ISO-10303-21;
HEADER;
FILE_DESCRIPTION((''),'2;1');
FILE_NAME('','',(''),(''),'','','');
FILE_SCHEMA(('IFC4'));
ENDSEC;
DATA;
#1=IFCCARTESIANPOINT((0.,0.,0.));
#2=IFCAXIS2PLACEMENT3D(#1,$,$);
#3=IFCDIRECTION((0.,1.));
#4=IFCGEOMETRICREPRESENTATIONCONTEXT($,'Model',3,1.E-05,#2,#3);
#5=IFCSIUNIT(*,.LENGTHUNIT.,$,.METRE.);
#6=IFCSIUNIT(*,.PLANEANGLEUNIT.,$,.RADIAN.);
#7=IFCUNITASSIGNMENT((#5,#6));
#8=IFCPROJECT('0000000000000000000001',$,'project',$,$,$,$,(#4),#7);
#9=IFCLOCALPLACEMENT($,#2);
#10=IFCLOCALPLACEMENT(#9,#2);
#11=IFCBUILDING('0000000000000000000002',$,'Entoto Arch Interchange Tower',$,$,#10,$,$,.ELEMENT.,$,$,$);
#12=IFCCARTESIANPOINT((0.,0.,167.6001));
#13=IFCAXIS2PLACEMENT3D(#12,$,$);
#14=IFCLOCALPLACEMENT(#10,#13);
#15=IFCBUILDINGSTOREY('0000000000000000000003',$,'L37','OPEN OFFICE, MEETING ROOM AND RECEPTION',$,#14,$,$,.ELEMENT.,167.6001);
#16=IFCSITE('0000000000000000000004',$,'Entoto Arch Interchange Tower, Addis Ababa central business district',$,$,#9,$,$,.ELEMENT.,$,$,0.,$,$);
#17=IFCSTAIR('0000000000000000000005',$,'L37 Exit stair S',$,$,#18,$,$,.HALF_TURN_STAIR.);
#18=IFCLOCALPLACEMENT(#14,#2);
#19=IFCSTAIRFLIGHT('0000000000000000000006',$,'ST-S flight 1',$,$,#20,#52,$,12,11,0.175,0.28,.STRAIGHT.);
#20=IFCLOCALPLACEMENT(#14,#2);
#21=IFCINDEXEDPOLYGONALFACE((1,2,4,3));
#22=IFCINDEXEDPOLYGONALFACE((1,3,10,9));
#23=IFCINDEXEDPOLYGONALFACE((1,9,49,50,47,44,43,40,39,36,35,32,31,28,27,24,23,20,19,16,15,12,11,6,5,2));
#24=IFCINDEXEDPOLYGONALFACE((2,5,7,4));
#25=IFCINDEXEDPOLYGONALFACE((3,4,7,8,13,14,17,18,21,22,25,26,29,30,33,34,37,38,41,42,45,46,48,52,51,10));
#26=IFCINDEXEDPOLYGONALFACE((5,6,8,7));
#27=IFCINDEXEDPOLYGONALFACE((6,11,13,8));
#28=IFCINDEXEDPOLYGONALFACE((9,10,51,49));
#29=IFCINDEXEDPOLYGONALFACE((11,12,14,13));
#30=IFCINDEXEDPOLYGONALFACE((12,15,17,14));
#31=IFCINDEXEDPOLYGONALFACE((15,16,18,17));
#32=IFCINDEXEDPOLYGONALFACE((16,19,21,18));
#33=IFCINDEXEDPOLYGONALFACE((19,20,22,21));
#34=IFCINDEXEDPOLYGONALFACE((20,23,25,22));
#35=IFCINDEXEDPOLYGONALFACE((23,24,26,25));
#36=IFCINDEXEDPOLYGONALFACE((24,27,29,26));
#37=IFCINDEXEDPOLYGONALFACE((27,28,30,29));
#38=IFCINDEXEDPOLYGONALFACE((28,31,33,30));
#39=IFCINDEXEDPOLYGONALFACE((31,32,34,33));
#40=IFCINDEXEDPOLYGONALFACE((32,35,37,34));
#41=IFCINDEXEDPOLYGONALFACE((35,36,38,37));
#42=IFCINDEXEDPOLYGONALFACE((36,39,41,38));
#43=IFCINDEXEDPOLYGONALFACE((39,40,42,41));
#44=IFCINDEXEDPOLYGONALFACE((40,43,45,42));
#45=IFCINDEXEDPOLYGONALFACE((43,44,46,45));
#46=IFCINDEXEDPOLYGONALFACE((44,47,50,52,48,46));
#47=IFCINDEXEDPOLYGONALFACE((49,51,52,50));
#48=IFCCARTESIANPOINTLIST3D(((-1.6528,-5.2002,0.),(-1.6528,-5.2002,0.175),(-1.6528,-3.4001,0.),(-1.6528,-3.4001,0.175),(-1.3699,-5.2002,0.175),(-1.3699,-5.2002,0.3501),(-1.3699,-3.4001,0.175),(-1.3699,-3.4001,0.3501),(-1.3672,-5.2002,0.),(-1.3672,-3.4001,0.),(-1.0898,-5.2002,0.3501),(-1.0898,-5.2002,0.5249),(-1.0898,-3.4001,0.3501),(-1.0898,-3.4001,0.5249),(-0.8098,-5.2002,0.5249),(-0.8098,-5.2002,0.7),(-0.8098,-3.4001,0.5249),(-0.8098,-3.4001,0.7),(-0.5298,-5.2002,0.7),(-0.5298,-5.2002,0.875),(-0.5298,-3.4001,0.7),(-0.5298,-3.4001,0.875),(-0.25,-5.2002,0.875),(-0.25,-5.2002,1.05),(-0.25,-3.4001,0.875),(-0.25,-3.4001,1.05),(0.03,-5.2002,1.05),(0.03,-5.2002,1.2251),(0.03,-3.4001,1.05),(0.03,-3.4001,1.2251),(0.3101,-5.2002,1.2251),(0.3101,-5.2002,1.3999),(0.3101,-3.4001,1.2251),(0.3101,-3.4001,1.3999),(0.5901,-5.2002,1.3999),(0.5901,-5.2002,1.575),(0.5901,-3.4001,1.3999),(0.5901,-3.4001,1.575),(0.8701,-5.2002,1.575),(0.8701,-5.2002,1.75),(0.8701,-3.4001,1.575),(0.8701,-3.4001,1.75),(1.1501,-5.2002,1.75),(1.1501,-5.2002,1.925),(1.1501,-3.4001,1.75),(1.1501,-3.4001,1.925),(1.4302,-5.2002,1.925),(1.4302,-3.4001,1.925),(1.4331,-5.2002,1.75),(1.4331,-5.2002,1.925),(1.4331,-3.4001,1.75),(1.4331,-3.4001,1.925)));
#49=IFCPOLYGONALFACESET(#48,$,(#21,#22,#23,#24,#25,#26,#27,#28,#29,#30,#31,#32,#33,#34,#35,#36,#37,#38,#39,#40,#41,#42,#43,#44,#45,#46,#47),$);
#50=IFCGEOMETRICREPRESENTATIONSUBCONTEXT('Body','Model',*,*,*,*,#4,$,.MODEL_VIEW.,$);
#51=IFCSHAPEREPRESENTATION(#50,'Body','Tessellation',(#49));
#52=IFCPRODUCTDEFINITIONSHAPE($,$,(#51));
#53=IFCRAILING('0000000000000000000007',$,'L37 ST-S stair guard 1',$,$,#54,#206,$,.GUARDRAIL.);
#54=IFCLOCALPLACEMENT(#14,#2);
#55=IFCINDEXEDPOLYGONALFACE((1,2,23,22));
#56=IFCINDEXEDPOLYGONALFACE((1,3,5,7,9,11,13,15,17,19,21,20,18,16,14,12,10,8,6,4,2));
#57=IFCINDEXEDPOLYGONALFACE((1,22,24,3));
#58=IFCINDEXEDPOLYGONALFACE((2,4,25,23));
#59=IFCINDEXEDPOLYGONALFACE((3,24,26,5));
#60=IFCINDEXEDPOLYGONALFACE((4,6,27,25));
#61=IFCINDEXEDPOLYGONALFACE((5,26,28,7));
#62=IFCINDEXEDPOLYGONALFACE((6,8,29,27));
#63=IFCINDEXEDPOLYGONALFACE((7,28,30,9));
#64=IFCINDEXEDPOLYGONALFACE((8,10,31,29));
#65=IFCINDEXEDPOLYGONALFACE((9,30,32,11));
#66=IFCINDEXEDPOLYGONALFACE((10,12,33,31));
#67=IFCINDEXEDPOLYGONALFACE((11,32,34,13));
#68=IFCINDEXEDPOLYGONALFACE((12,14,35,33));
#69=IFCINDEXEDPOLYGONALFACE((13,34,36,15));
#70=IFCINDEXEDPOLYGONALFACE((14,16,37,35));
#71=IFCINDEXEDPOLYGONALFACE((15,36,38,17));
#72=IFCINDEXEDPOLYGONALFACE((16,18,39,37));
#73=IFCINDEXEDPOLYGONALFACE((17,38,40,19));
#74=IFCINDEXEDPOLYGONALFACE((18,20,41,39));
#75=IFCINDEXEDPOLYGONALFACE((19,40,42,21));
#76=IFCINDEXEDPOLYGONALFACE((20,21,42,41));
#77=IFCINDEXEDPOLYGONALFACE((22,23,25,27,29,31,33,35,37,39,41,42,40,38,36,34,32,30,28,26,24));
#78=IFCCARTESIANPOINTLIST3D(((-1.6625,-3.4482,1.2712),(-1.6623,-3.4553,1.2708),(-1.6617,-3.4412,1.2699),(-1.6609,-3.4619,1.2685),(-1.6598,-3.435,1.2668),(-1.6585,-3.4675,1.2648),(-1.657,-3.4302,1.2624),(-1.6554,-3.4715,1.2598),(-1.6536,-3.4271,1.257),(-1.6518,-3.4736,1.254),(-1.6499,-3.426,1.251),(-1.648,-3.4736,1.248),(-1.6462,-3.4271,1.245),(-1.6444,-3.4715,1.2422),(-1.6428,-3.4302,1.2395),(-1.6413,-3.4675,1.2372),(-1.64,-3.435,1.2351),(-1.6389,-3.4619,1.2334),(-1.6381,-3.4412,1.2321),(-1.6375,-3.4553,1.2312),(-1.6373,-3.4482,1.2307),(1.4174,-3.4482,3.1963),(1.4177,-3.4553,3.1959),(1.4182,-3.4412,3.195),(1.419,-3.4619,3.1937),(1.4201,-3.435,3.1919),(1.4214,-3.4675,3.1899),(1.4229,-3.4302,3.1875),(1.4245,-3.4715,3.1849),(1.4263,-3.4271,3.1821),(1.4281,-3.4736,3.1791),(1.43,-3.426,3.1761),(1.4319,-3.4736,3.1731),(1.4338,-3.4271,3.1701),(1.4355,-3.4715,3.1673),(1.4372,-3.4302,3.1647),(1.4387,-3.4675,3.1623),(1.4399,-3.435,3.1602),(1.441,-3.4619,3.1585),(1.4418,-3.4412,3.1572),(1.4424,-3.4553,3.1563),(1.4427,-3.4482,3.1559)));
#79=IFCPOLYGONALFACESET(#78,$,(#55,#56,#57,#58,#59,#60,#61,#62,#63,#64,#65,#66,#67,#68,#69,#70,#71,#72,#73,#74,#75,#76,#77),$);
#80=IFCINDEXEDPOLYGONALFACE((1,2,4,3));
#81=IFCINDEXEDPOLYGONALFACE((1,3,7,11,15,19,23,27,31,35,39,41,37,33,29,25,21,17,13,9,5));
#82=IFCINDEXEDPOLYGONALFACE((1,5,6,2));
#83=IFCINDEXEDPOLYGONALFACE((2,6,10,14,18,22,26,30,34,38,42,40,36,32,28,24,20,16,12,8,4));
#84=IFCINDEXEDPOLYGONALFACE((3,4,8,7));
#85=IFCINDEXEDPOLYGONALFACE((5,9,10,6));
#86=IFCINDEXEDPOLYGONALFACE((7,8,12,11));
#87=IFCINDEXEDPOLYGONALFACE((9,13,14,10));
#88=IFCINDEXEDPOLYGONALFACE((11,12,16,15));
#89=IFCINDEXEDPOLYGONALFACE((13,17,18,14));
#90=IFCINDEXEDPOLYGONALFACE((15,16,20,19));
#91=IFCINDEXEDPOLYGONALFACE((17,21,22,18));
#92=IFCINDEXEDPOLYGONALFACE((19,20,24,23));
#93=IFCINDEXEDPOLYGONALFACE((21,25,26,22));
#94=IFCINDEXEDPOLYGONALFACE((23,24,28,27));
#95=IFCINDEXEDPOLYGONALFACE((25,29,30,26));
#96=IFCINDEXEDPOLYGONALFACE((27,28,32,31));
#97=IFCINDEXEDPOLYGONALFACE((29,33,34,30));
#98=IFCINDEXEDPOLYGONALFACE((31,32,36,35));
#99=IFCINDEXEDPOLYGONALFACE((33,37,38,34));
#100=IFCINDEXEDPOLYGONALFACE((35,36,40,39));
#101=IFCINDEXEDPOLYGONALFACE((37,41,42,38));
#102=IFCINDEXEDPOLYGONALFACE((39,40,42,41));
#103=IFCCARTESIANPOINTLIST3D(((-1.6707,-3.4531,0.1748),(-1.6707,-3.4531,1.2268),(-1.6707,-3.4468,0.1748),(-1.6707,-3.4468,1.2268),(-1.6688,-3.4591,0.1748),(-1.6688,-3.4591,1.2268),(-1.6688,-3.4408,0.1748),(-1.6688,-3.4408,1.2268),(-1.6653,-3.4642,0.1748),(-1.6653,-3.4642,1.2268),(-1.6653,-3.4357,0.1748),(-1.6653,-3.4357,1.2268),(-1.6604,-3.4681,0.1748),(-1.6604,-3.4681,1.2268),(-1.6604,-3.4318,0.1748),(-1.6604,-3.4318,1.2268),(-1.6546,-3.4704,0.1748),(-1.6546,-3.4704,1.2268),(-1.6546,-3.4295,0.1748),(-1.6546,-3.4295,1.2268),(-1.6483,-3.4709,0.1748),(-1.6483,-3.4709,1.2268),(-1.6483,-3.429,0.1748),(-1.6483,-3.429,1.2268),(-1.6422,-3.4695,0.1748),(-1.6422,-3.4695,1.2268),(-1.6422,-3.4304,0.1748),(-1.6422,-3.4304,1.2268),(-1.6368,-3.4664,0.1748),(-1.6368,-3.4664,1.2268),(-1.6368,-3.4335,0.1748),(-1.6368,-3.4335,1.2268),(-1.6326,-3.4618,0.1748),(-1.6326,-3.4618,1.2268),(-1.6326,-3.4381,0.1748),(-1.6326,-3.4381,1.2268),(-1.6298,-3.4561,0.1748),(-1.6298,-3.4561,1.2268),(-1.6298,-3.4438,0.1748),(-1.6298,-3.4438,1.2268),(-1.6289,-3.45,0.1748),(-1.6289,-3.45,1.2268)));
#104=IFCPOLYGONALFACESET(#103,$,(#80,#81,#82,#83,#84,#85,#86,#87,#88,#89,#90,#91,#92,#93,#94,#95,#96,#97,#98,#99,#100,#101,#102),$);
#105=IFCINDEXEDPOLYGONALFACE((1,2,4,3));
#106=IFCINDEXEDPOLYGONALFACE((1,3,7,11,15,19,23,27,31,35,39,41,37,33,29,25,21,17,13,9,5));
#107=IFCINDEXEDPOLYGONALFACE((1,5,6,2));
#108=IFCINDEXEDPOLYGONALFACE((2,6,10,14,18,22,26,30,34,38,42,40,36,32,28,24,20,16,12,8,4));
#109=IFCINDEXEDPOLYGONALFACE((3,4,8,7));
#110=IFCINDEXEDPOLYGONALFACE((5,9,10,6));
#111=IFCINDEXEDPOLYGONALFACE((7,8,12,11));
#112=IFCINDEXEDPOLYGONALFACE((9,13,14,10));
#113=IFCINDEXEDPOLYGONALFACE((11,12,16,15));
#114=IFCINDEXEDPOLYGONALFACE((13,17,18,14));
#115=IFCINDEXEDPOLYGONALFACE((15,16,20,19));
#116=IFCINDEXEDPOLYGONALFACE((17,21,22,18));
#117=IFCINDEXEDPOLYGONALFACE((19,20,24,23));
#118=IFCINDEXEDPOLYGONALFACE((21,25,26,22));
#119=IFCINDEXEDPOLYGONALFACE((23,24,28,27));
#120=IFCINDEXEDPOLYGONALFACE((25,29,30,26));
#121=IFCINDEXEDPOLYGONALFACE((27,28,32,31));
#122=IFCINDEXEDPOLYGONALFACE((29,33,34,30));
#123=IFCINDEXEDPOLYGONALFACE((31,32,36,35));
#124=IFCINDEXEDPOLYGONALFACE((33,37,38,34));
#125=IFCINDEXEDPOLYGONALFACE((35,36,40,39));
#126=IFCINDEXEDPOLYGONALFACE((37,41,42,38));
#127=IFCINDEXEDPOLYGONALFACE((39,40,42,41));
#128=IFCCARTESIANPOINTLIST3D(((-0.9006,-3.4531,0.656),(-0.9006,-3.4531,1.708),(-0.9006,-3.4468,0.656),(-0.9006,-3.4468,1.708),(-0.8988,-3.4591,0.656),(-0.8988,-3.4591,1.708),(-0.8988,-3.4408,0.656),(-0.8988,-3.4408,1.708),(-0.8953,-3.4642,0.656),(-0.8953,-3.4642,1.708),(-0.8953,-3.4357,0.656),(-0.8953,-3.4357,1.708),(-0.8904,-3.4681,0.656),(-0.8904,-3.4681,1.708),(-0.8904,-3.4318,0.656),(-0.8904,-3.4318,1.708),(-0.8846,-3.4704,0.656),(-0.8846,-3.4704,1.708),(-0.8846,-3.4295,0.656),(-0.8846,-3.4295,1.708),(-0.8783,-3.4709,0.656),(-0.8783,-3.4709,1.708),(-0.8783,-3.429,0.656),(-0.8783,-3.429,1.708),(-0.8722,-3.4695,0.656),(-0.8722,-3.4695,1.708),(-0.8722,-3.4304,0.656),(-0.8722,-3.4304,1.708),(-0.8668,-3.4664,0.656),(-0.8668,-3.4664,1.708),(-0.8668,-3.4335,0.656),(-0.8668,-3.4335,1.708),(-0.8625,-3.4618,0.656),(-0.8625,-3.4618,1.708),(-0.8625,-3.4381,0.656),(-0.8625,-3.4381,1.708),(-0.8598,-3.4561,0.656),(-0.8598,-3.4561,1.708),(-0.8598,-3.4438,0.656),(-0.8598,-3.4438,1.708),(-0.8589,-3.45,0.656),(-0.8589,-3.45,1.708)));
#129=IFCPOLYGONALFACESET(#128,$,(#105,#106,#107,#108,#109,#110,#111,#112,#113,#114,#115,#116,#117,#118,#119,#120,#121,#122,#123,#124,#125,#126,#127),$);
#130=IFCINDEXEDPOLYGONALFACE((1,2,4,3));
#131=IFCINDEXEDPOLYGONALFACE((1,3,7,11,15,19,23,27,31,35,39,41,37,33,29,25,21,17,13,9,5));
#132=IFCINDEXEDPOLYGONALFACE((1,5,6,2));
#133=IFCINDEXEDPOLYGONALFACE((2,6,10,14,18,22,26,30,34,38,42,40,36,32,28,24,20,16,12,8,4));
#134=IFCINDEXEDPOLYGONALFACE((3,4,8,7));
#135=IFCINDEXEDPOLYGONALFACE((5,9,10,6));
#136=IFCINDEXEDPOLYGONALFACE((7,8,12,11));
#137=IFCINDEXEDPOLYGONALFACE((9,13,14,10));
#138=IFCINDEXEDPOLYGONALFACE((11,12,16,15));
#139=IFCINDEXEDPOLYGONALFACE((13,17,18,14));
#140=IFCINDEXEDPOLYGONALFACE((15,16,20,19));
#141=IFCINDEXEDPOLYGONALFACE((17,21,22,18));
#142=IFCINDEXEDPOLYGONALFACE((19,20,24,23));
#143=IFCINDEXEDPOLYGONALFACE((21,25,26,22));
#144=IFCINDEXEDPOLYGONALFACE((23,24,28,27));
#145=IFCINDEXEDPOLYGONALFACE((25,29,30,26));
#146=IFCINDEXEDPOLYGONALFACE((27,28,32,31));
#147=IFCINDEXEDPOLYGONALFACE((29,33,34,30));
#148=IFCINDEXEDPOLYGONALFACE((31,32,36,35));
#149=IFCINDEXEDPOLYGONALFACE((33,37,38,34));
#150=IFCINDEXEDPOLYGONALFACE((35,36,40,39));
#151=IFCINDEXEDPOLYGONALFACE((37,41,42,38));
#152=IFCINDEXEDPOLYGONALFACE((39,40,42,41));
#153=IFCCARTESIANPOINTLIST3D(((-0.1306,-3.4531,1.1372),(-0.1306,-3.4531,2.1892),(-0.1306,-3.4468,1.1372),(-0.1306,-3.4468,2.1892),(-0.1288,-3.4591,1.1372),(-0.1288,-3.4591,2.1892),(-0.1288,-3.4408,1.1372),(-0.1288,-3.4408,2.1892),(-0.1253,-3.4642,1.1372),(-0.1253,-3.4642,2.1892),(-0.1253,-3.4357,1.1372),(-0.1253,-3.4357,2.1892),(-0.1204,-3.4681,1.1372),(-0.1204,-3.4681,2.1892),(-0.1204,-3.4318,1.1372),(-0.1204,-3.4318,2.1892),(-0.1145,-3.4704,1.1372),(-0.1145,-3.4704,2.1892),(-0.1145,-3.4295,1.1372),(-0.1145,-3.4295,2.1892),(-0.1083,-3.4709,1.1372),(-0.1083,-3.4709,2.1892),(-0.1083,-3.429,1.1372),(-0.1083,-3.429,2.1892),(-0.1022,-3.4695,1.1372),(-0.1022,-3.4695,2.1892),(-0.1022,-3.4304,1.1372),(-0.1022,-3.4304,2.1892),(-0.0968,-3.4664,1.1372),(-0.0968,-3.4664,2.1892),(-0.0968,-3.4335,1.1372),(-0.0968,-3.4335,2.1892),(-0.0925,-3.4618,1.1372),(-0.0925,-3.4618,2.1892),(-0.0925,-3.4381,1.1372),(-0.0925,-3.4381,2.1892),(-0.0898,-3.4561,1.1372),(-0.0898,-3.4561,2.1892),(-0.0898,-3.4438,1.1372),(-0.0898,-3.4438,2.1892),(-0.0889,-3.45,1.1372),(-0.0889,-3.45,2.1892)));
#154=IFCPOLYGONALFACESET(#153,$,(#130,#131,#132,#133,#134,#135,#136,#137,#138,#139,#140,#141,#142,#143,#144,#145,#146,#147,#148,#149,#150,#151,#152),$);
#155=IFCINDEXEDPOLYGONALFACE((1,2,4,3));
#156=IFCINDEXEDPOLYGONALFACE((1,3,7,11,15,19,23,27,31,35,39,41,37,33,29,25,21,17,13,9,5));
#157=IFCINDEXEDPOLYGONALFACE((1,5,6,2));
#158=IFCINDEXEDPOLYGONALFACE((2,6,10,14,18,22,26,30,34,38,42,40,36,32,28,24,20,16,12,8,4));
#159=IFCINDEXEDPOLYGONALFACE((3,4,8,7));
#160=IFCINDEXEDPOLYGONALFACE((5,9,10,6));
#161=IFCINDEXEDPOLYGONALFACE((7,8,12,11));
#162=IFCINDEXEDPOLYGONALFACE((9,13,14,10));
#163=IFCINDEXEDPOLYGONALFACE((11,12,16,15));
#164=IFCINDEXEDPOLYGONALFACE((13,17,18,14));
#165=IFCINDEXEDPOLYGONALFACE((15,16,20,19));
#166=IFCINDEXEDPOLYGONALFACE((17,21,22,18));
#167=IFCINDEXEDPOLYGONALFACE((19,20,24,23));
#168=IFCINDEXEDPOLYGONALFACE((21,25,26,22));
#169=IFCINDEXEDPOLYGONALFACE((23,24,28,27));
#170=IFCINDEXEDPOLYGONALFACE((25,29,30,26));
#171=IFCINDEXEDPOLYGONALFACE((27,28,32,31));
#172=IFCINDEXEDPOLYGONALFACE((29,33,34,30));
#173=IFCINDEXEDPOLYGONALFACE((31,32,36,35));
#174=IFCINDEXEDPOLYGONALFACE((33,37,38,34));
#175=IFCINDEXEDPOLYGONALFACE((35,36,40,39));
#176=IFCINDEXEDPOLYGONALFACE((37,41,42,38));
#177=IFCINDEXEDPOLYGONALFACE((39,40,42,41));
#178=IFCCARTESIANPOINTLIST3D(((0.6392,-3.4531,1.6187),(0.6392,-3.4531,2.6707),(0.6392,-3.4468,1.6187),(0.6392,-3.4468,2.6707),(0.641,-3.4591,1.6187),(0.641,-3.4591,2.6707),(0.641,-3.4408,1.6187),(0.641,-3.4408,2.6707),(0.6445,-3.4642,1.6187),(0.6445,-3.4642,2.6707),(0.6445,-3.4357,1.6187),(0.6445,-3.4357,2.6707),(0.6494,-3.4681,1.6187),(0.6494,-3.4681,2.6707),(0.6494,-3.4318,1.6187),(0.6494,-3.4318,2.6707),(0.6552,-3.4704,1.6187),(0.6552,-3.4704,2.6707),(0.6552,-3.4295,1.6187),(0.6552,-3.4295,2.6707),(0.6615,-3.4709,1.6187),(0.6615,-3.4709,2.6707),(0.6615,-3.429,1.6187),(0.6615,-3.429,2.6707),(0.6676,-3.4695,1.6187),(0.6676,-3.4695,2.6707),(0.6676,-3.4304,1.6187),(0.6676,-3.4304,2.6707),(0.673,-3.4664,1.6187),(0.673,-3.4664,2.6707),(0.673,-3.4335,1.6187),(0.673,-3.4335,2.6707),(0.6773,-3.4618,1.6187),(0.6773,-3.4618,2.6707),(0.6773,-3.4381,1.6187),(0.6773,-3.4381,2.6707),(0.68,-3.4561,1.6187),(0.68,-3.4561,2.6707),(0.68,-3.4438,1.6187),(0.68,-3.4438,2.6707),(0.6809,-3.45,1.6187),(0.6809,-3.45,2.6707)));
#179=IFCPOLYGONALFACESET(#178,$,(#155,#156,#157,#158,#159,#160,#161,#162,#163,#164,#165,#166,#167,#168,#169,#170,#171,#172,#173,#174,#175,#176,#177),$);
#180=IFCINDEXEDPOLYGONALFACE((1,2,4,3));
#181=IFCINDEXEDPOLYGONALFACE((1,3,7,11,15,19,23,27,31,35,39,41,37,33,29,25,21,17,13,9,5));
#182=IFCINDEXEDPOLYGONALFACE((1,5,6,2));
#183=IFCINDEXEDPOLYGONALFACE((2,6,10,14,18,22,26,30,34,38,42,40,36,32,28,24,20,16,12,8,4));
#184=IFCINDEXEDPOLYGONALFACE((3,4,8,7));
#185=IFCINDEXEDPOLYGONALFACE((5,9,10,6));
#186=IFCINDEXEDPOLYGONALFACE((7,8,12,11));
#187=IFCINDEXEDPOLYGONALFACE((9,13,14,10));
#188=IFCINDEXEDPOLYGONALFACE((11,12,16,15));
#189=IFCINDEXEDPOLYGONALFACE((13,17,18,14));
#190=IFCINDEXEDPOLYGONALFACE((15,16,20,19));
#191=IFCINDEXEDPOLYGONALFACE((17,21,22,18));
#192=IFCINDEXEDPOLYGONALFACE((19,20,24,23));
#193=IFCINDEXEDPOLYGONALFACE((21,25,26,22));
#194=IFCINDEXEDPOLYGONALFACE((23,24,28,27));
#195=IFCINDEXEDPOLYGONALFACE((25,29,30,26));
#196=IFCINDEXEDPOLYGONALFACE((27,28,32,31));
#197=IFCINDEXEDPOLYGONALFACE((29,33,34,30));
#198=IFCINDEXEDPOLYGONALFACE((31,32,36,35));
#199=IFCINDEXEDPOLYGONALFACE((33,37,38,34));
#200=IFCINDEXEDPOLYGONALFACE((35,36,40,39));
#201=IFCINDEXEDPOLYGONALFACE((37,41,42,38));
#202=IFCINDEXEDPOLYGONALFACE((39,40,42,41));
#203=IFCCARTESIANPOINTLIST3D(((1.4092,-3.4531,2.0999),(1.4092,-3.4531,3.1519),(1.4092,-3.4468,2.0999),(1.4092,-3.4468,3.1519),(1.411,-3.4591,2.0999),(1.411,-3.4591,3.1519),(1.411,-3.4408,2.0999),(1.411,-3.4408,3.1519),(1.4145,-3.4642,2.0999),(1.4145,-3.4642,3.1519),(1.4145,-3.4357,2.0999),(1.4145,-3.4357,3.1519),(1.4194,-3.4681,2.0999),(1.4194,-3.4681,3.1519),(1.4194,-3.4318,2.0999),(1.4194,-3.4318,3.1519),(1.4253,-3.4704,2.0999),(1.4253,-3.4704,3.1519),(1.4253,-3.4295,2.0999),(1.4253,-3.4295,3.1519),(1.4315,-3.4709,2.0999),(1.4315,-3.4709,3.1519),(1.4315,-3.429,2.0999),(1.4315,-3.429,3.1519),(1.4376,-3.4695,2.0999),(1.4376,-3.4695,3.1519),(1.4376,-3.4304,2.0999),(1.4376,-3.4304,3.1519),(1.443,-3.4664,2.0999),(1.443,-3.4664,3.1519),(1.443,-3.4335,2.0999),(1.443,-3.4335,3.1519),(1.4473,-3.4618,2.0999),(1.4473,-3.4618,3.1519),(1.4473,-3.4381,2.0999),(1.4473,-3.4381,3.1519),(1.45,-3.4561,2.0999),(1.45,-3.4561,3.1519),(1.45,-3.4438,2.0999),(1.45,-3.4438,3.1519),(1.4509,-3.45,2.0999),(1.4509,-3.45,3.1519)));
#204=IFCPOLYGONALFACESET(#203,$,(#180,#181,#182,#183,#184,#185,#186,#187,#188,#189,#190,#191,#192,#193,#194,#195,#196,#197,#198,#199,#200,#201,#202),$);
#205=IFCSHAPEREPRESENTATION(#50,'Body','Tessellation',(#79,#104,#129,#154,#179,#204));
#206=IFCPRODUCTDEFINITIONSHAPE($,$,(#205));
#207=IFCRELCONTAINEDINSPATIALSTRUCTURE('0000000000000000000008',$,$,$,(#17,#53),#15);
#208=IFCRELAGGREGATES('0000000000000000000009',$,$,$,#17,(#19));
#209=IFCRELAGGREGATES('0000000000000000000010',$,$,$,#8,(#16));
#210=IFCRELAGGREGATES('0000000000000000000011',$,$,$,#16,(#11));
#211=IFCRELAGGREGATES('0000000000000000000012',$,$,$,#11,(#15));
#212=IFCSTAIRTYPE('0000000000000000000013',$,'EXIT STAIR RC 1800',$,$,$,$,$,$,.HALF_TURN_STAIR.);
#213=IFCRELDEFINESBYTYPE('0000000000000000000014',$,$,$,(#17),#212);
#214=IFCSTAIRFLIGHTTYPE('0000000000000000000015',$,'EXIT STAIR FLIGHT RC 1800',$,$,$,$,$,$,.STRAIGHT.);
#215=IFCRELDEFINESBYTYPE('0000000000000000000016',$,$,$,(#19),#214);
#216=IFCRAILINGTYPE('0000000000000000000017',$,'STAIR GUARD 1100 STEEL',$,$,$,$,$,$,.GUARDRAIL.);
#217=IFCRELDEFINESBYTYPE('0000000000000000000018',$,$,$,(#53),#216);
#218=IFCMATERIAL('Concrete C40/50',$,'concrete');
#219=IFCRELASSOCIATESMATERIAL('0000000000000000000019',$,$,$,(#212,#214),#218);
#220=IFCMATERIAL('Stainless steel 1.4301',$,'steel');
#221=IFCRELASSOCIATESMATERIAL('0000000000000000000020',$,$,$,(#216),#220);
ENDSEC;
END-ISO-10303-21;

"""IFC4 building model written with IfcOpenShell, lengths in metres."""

from ifc_helpers import new_model, si_unit, direction, frame, origin, origin_2d, place, context, subcontext, project, spatial, polyline, circle, outline, extrude, material, type_object, element, aggregate, save


model = new_model("IFC4")

# Units and contexts
model_context = context("Model", 3, precision=1e-05, world=origin(), true_north=direction((0.0, 1.0)))
body_context = subcontext(model_context, "Body", "Model", "MODEL_VIEW")
ifc_project = project(units=[si_unit("LENGTHUNIT", "METRE"), si_unit("PLANEANGLEUNIT", "RADIAN")], contexts=[model_context])

# Site, building, storey
site_placement = place(None, origin())
site = spatial("IfcSite", under=ifc_project, at=site_placement, Name="Entoto Arch Interchange Tower, Addis Ababa central business district", CompositionType="ELEMENT", RefElevation=0.0)
building_placement = place(site_placement, origin())
building = spatial("IfcBuilding", under=site, at=building_placement, Name="Entoto Arch Interchange Tower", CompositionType="ELEMENT")
storey_placement = place(building_placement, frame((0.0, 0.0, 167.6001)))
storey = spatial("IfcBuildingStorey", under=building, at=storey_placement, Name="L37", Description="OPEN OFFICE, MEETING ROOM AND RECEPTION", CompositionType="ELEMENT", Elevation=167.6001)

# Shared definitions
ifc_material_1 = material(Name="Concrete C40/50", Category="concrete")

# Stair, stair flight
stair_type = type_object("IfcStairType", Name="EXIT STAIR RC 1800", PredefinedType="HALF_TURN_STAIR", material=ifc_material_1)
stair_placement = place(storey_placement, origin())
stair = element("IfcStair", 1, at=stair_placement, inside=storey, type_object=stair_type, Name="L37 Exit stair S", PredefinedType="HALF_TURN_STAIR")
stair_flight_type = type_object("IfcStairFlightType", Name="EXIT STAIR FLIGHT RC 1800", PredefinedType="STRAIGHT", material=ifc_material_1)
stair_flight_placement = place(storey_placement, frame((-1.6499, -4.3, 0.0), z_axis=(0.0, 0.0, 1.0), x_axis=(1.0, 0.0, 0.0)))
stair_flight = element("IfcStairFlight", 2, at=stair_flight_placement, type_object=stair_flight_type, Name="ST-S flight 1", NumberOfRisers=12, NumberOfTreads=11, PredefinedType="STRAIGHT", RiserHeight=0.175, TreadLength=0.28, context=body_context, shape_type="SweptSolid", body=[
    extrude(outline(polyline([(-0.0029, 0.0), (-0.0029, 0.175), (0.28, 0.175), (0.28, 0.3501), (0.5601, 0.3501), (0.5601, 0.5249), (0.8401, 0.5249), (0.8401, 0.7), (1.1201, 0.7), (1.1201, 0.875), (1.3999, 0.875), (1.3999, 1.05), (1.6799, 1.05), (1.6799, 1.2251), (1.96, 1.2251), (1.96, 1.3999), (2.24, 1.3999), (2.24, 1.575), (2.52, 1.575), (2.52, 1.75), (2.8, 1.75), (2.8, 1.925), (3.0801, 1.925), (3.083, 1.925), (3.083, 1.75), (0.2827, 0.0), (-0.0029, 0.0)])), frame((0.0, 0.8999, 0.0), z_axis=(0.0, -1.0, 0.0), x_axis=(1.0, 0.0, 0.0)), (0.0, 0.0, 1.0), 1.8),
])
aggregate(stair, [stair_flight])

# Railing
ifc_material_2 = material(Name="Stainless steel 1.4301", Category="steel")
railing_type_1 = type_object("IfcRailingType", Name="STAIR GUARD 1100 STEEL", PredefinedType="GUARDRAIL", material=ifc_material_2)
railing_1_placement = place(storey_placement, frame((-1.6499, -3.45, 0.1748)))
element("IfcRailing", 3, at=railing_1_placement, inside=storey, type_object=railing_type_1, Name="L37 ST-S stair guard 1", PredefinedType="GUARDRAIL", context=body_context, shape_type="SweptSolid", body=[
    extrude(circle(Radius=0.0239, at=origin_2d()), frame((0.0, 0.0, 1.0762), z_axis=(0.847979, 0.0, 0.530029), x_axis=(0.0, 1.0, 0.0)), (0.0, 0.0, 1.0), 3.6321),
    extrude(circle(Radius=0.021, at=origin_2d()), origin(), (0.0, 0.0, 1.0), 1.052),
    extrude(circle(Radius=0.021, at=origin_2d()), frame((0.77, 0.0, 0.4812)), (0.0, 0.0, 1.0), 1.052),
    extrude(circle(Radius=0.021, at=origin_2d()), frame((1.54, 0.0, 0.9624)), (0.0, 0.0, 1.0), 1.052),
    extrude(circle(Radius=0.021, at=origin_2d()), frame((2.3098, 0.0, 1.4438)), (0.0, 0.0, 1.0), 1.052),
    extrude(circle(Radius=0.021, at=origin_2d()), frame((3.0798, 0.0, 1.925)), (0.0, 0.0, 1.0), 1.052),
])

save(model, "model.ifc")
